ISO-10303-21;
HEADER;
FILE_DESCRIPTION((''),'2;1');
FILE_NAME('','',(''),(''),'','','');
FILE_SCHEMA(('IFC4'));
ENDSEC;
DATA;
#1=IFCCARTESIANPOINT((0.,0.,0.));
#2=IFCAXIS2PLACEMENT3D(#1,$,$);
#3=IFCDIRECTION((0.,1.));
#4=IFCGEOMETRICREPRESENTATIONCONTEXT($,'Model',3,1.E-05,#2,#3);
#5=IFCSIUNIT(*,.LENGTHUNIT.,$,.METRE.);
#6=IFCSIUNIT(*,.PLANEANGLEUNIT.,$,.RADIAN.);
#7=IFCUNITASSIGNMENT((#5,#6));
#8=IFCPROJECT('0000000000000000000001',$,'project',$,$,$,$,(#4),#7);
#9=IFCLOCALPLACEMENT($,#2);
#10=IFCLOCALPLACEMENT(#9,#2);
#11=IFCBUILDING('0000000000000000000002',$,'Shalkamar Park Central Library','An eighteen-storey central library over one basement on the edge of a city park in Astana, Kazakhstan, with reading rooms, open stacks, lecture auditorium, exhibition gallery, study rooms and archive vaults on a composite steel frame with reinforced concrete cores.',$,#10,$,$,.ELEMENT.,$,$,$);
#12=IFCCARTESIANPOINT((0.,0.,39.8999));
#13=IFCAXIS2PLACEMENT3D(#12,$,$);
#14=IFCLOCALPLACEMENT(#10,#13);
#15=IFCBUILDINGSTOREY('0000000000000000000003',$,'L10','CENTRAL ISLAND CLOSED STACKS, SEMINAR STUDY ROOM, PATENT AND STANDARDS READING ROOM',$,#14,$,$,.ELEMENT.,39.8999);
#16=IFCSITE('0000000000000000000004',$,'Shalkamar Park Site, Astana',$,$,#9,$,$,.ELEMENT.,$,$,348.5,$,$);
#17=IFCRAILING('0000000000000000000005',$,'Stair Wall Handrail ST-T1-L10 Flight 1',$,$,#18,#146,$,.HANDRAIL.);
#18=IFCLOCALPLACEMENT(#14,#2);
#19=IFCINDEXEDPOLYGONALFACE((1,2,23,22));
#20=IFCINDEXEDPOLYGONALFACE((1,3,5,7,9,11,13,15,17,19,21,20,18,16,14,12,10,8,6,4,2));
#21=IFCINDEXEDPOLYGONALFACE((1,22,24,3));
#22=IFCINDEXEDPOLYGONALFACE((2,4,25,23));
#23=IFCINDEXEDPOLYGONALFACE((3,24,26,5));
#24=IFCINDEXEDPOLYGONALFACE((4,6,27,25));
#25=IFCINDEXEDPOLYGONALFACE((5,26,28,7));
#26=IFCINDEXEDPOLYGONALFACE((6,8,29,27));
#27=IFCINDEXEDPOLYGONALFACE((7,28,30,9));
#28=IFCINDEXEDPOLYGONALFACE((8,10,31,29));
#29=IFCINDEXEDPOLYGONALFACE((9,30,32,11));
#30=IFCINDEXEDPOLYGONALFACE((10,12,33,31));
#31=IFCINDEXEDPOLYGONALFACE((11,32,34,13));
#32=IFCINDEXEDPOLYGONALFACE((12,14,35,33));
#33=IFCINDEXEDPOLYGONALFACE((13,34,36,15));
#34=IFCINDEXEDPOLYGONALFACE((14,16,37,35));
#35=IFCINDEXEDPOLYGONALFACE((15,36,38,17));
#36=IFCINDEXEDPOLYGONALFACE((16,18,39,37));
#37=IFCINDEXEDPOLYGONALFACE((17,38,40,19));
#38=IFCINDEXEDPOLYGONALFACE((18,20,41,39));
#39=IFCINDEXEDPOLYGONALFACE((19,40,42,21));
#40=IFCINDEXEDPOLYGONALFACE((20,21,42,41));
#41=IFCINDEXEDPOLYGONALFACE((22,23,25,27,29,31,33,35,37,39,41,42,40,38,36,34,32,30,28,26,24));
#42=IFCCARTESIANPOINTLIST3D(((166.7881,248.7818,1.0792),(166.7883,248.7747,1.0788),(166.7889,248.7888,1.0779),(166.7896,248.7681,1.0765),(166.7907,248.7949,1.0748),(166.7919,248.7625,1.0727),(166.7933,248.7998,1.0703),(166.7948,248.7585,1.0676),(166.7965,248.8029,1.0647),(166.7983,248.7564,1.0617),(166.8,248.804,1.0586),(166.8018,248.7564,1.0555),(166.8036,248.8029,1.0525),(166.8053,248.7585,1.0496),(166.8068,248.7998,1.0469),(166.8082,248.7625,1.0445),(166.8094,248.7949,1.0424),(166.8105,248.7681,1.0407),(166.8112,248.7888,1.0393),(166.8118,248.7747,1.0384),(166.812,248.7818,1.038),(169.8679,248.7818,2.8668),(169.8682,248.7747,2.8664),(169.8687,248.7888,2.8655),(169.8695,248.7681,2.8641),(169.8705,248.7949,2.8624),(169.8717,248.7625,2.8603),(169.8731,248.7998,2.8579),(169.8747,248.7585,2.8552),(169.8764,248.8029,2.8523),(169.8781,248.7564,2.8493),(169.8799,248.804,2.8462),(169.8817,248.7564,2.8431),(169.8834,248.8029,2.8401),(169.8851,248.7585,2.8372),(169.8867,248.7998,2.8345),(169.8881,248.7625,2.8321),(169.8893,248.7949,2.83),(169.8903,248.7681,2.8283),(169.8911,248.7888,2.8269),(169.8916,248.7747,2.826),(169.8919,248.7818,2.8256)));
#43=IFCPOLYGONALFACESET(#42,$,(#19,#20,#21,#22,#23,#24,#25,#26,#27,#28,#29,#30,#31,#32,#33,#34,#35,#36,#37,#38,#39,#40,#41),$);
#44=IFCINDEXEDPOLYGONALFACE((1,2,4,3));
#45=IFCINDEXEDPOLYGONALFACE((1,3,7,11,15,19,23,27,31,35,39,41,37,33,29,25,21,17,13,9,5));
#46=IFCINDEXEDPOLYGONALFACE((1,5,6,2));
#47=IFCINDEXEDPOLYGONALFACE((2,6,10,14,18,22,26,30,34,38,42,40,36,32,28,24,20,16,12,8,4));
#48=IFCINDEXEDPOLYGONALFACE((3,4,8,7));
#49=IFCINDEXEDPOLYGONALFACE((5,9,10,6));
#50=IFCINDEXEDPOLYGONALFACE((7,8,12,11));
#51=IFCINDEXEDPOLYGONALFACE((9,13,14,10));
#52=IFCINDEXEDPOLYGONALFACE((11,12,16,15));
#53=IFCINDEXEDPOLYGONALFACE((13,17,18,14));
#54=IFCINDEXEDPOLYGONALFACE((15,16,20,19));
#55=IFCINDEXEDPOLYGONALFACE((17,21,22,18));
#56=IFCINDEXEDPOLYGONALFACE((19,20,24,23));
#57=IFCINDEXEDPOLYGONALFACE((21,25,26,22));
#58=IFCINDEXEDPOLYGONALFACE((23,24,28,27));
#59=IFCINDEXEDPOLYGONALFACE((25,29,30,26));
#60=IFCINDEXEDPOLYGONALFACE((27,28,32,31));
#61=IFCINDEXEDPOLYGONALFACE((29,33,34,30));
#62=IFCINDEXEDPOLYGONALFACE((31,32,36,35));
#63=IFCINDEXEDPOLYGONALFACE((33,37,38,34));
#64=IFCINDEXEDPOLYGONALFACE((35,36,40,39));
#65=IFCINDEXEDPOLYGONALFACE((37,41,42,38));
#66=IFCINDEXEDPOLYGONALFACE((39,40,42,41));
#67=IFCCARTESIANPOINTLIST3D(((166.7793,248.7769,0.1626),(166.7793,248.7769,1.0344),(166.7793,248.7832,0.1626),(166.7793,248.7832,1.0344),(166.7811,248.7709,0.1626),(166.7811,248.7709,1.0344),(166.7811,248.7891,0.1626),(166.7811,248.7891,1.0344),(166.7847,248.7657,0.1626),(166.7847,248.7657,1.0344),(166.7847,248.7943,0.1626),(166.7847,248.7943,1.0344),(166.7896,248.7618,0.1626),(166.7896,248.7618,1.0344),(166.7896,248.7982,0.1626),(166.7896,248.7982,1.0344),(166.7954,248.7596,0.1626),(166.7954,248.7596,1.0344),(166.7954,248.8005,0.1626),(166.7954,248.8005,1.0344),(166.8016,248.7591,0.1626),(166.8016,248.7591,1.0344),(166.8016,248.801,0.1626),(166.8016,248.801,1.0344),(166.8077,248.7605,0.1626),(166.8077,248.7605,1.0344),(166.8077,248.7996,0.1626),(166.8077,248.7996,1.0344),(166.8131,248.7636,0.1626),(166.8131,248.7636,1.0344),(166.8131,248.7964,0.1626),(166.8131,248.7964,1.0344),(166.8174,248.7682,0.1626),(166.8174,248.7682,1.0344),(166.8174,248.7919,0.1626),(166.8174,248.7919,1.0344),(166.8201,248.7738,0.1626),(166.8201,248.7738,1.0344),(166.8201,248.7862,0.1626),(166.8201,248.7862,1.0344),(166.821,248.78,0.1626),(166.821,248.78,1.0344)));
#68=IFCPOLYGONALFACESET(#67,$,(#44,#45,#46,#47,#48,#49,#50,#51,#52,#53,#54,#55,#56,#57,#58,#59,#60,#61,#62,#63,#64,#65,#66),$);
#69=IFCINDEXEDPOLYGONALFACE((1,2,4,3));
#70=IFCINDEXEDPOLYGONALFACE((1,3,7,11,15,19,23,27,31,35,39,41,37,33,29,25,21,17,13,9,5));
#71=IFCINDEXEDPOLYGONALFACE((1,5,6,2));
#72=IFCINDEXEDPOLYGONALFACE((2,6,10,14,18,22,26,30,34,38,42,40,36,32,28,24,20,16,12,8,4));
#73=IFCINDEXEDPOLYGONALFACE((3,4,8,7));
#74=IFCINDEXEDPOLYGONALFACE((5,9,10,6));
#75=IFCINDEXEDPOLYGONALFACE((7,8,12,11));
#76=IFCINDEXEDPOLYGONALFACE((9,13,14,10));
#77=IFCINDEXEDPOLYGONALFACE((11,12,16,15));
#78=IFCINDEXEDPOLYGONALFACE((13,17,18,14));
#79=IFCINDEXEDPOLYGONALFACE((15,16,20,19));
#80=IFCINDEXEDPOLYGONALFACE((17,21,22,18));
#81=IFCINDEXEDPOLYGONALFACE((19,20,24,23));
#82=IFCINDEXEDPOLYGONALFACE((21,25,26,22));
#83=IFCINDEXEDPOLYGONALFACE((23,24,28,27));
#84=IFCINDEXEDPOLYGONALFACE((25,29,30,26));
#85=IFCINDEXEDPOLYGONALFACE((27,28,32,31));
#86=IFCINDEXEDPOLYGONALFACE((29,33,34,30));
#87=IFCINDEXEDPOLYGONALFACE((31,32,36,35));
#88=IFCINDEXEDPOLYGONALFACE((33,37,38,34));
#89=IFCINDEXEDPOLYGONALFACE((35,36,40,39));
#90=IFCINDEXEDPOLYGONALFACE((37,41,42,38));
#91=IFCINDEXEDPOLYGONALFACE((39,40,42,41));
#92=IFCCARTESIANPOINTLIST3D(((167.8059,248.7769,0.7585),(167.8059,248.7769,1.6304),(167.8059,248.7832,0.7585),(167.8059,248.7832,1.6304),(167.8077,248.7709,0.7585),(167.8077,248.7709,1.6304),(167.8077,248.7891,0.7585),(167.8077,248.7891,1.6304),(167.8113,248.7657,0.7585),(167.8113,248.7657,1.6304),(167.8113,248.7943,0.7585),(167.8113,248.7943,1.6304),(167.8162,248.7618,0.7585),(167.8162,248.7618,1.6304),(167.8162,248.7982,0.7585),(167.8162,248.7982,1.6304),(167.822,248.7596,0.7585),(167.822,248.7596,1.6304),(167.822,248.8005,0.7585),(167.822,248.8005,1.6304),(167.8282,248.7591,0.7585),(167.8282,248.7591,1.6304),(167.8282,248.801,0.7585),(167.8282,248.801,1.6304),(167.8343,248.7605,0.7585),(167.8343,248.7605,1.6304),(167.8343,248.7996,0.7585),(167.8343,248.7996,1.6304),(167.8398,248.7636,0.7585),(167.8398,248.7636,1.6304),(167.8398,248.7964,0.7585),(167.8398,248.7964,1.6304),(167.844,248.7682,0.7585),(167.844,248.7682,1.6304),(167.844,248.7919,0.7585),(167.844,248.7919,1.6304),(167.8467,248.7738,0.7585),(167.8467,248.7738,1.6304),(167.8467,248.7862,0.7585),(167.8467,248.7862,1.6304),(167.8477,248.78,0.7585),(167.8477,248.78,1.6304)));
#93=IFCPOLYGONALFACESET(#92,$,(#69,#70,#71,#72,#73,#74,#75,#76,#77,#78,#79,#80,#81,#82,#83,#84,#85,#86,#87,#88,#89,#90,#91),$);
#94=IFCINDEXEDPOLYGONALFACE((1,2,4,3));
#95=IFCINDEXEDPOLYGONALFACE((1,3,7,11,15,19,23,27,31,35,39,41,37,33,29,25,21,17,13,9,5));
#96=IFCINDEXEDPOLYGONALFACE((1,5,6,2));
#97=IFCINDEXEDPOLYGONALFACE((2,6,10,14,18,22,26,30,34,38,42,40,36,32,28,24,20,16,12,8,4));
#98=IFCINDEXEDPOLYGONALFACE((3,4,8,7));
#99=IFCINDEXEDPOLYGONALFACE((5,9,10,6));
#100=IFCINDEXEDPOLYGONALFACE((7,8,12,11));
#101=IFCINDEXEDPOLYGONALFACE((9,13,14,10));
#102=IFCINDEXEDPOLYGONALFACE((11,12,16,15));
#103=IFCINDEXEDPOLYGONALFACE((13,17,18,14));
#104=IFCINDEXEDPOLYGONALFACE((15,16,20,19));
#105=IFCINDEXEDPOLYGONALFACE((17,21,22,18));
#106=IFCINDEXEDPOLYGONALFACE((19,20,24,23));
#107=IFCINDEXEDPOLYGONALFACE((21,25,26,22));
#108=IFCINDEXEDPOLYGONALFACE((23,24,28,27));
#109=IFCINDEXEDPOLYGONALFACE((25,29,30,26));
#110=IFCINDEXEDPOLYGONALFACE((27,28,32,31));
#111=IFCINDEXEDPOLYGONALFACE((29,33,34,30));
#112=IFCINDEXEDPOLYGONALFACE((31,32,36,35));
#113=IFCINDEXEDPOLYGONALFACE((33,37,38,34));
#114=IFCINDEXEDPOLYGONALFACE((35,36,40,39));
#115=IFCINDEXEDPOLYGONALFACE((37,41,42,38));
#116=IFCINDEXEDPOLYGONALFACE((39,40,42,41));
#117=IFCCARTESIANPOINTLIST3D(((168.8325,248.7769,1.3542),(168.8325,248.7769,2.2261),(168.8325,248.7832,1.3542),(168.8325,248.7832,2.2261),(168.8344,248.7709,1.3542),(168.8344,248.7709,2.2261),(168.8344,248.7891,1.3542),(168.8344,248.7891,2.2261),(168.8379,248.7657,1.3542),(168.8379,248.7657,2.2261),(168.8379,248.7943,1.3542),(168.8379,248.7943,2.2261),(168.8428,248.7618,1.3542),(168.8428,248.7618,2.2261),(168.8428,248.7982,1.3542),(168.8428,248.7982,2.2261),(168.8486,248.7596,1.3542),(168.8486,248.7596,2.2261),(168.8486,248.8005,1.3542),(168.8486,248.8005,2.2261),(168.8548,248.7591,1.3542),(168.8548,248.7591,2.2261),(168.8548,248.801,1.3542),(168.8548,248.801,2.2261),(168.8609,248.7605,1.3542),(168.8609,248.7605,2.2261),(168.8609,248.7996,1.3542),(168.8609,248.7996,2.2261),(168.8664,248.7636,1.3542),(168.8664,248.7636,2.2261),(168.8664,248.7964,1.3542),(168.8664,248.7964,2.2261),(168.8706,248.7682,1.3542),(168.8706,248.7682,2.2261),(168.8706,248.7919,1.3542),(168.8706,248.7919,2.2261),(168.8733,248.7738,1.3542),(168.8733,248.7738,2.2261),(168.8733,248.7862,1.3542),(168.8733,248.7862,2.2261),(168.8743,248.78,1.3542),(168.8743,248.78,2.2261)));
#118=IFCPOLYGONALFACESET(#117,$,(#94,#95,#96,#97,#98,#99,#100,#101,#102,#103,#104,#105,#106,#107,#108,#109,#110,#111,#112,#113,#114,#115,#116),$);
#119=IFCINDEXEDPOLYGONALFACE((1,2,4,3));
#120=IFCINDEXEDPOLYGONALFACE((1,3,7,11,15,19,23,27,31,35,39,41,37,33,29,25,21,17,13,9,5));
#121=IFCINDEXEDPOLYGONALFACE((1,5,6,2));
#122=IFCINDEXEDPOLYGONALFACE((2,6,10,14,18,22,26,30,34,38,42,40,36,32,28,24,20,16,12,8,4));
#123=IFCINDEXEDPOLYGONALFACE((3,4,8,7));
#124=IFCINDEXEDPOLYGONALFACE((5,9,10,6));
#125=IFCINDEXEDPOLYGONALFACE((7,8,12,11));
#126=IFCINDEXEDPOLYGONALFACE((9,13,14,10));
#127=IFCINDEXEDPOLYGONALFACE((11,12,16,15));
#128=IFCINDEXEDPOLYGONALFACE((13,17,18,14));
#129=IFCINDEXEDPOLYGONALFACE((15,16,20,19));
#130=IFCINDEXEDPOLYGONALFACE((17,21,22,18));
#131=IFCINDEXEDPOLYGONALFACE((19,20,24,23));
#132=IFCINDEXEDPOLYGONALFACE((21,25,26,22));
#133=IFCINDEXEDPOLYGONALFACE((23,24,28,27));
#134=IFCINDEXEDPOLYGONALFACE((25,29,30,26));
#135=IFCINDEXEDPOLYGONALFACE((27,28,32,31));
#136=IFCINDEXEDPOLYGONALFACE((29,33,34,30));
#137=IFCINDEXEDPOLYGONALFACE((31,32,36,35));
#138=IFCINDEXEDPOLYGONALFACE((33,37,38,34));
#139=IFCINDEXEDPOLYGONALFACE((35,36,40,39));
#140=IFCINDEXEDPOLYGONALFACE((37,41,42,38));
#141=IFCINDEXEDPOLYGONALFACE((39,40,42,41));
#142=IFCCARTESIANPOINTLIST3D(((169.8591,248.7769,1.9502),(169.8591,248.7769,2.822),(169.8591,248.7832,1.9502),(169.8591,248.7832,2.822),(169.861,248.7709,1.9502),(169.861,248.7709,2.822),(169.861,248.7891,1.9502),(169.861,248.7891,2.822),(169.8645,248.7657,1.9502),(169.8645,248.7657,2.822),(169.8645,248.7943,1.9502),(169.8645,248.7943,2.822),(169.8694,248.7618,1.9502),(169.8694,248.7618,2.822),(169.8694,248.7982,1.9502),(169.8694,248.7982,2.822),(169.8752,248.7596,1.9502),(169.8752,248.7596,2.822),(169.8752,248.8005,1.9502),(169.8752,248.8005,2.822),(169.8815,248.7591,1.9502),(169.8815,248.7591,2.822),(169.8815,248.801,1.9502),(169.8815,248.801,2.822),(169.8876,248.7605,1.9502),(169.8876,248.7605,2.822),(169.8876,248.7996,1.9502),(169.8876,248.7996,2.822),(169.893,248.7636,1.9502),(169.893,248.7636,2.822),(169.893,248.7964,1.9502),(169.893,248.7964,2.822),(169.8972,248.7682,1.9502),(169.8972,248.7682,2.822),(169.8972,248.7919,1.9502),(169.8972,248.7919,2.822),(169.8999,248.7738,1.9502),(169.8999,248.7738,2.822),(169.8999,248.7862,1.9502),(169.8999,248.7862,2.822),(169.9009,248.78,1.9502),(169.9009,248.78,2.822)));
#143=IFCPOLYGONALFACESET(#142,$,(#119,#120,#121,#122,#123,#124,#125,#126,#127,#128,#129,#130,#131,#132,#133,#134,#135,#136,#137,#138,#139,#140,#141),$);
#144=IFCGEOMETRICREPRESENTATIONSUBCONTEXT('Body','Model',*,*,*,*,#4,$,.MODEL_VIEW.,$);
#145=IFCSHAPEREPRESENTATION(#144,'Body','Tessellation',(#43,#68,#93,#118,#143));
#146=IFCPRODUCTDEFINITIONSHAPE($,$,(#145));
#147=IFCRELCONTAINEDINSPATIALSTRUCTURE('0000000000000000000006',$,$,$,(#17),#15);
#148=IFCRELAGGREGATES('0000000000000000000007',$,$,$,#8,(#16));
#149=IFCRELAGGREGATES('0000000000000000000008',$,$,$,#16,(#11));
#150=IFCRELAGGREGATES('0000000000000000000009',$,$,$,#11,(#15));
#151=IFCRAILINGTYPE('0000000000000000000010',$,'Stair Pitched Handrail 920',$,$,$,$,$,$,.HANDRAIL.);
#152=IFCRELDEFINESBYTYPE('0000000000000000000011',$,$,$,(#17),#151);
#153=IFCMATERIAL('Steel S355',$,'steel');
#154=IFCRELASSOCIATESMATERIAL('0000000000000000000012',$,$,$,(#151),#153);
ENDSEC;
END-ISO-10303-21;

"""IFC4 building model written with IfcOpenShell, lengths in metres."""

from ifc_helpers import new_model, si_unit, direction, frame, origin, origin_2d, place, context, subcontext, project, spatial, circle, extrude, material, type_object, element, save


model = new_model("IFC4")

# Units and contexts
model_context = context("Model", 3, precision=1e-05, world=origin(), true_north=direction((0.0, 1.0)))
body_context = subcontext(model_context, "Body", "Model", "MODEL_VIEW")
ifc_project = project(units=[si_unit("LENGTHUNIT", "METRE"), si_unit("PLANEANGLEUNIT", "RADIAN")], contexts=[model_context])

# Site, building, storey
site_placement = place(None, origin())
site = spatial("IfcSite", under=ifc_project, at=site_placement, Name="Shalkamar Park Site, Astana", CompositionType="ELEMENT", RefElevation=348.5)
building_placement = place(site_placement, origin())
building = spatial("IfcBuilding", under=site, at=building_placement, Name="Shalkamar Park Central Library", Description="An eighteen-storey central library over one basement on the edge of a city park in Astana, Kazakhstan, with reading rooms, open stacks, lecture auditorium, exhibition gallery, study rooms and archive vaults on a composite steel frame with reinforced concrete cores.", CompositionType="ELEMENT")
storey_placement = place(building_placement, frame((0.0, 0.0, 39.8999)))
storey = spatial("IfcBuildingStorey", under=building, at=storey_placement, Name="L10", Description="CENTRAL ISLAND CLOSED STACKS, SEMINAR STUDY ROOM, PATENT AND STANDARDS READING ROOM", CompositionType="ELEMENT", Elevation=39.8999)

# Shared definitions
ifc_material_1 = material(Name="Steel S355", Category="steel")

# Railing
railing_type_1 = type_object("IfcRailingType", Name="Stair Pitched Handrail 920", PredefinedType="HANDRAIL", material=ifc_material_1)
railing_1_placement = place(storey_placement, frame((166.8, 248.78, 0.1626)))
element("IfcRailing", 1, at=railing_1_placement, inside=storey, type_object=railing_type_1, Name="Stair Wall Handrail ST-T1-L10 Flight 1", PredefinedType="HANDRAIL", context=body_context, shape_type="SweptSolid", body=[
    extrude(circle(Radius=0.0239, at=origin_2d()), frame((0.0, 0.0, 0.896), z_axis=(0.864873, 0.0, 0.50199), x_axis=(0.0, 1.0, 0.0)), (0.0, 0.0, 1.0), 3.561),
    extrude(circle(Radius=0.021, at=origin_2d()), origin(), (0.0, 0.0, 1.0), 0.8718),
    extrude(circle(Radius=0.021, at=origin_2d()), frame((1.0266, 0.0, 0.5959)), (0.0, 0.0, 1.0), 0.8718),
    extrude(circle(Radius=0.021, at=origin_2d()), frame((2.0532, 0.0, 1.1917)), (0.0, 0.0, 1.0), 0.8718),
    extrude(circle(Radius=0.021, at=origin_2d()), frame((3.0798, 0.0, 1.7876)), (0.0, 0.0, 1.0), 0.8718),
])

save(model, "model.ifc")
